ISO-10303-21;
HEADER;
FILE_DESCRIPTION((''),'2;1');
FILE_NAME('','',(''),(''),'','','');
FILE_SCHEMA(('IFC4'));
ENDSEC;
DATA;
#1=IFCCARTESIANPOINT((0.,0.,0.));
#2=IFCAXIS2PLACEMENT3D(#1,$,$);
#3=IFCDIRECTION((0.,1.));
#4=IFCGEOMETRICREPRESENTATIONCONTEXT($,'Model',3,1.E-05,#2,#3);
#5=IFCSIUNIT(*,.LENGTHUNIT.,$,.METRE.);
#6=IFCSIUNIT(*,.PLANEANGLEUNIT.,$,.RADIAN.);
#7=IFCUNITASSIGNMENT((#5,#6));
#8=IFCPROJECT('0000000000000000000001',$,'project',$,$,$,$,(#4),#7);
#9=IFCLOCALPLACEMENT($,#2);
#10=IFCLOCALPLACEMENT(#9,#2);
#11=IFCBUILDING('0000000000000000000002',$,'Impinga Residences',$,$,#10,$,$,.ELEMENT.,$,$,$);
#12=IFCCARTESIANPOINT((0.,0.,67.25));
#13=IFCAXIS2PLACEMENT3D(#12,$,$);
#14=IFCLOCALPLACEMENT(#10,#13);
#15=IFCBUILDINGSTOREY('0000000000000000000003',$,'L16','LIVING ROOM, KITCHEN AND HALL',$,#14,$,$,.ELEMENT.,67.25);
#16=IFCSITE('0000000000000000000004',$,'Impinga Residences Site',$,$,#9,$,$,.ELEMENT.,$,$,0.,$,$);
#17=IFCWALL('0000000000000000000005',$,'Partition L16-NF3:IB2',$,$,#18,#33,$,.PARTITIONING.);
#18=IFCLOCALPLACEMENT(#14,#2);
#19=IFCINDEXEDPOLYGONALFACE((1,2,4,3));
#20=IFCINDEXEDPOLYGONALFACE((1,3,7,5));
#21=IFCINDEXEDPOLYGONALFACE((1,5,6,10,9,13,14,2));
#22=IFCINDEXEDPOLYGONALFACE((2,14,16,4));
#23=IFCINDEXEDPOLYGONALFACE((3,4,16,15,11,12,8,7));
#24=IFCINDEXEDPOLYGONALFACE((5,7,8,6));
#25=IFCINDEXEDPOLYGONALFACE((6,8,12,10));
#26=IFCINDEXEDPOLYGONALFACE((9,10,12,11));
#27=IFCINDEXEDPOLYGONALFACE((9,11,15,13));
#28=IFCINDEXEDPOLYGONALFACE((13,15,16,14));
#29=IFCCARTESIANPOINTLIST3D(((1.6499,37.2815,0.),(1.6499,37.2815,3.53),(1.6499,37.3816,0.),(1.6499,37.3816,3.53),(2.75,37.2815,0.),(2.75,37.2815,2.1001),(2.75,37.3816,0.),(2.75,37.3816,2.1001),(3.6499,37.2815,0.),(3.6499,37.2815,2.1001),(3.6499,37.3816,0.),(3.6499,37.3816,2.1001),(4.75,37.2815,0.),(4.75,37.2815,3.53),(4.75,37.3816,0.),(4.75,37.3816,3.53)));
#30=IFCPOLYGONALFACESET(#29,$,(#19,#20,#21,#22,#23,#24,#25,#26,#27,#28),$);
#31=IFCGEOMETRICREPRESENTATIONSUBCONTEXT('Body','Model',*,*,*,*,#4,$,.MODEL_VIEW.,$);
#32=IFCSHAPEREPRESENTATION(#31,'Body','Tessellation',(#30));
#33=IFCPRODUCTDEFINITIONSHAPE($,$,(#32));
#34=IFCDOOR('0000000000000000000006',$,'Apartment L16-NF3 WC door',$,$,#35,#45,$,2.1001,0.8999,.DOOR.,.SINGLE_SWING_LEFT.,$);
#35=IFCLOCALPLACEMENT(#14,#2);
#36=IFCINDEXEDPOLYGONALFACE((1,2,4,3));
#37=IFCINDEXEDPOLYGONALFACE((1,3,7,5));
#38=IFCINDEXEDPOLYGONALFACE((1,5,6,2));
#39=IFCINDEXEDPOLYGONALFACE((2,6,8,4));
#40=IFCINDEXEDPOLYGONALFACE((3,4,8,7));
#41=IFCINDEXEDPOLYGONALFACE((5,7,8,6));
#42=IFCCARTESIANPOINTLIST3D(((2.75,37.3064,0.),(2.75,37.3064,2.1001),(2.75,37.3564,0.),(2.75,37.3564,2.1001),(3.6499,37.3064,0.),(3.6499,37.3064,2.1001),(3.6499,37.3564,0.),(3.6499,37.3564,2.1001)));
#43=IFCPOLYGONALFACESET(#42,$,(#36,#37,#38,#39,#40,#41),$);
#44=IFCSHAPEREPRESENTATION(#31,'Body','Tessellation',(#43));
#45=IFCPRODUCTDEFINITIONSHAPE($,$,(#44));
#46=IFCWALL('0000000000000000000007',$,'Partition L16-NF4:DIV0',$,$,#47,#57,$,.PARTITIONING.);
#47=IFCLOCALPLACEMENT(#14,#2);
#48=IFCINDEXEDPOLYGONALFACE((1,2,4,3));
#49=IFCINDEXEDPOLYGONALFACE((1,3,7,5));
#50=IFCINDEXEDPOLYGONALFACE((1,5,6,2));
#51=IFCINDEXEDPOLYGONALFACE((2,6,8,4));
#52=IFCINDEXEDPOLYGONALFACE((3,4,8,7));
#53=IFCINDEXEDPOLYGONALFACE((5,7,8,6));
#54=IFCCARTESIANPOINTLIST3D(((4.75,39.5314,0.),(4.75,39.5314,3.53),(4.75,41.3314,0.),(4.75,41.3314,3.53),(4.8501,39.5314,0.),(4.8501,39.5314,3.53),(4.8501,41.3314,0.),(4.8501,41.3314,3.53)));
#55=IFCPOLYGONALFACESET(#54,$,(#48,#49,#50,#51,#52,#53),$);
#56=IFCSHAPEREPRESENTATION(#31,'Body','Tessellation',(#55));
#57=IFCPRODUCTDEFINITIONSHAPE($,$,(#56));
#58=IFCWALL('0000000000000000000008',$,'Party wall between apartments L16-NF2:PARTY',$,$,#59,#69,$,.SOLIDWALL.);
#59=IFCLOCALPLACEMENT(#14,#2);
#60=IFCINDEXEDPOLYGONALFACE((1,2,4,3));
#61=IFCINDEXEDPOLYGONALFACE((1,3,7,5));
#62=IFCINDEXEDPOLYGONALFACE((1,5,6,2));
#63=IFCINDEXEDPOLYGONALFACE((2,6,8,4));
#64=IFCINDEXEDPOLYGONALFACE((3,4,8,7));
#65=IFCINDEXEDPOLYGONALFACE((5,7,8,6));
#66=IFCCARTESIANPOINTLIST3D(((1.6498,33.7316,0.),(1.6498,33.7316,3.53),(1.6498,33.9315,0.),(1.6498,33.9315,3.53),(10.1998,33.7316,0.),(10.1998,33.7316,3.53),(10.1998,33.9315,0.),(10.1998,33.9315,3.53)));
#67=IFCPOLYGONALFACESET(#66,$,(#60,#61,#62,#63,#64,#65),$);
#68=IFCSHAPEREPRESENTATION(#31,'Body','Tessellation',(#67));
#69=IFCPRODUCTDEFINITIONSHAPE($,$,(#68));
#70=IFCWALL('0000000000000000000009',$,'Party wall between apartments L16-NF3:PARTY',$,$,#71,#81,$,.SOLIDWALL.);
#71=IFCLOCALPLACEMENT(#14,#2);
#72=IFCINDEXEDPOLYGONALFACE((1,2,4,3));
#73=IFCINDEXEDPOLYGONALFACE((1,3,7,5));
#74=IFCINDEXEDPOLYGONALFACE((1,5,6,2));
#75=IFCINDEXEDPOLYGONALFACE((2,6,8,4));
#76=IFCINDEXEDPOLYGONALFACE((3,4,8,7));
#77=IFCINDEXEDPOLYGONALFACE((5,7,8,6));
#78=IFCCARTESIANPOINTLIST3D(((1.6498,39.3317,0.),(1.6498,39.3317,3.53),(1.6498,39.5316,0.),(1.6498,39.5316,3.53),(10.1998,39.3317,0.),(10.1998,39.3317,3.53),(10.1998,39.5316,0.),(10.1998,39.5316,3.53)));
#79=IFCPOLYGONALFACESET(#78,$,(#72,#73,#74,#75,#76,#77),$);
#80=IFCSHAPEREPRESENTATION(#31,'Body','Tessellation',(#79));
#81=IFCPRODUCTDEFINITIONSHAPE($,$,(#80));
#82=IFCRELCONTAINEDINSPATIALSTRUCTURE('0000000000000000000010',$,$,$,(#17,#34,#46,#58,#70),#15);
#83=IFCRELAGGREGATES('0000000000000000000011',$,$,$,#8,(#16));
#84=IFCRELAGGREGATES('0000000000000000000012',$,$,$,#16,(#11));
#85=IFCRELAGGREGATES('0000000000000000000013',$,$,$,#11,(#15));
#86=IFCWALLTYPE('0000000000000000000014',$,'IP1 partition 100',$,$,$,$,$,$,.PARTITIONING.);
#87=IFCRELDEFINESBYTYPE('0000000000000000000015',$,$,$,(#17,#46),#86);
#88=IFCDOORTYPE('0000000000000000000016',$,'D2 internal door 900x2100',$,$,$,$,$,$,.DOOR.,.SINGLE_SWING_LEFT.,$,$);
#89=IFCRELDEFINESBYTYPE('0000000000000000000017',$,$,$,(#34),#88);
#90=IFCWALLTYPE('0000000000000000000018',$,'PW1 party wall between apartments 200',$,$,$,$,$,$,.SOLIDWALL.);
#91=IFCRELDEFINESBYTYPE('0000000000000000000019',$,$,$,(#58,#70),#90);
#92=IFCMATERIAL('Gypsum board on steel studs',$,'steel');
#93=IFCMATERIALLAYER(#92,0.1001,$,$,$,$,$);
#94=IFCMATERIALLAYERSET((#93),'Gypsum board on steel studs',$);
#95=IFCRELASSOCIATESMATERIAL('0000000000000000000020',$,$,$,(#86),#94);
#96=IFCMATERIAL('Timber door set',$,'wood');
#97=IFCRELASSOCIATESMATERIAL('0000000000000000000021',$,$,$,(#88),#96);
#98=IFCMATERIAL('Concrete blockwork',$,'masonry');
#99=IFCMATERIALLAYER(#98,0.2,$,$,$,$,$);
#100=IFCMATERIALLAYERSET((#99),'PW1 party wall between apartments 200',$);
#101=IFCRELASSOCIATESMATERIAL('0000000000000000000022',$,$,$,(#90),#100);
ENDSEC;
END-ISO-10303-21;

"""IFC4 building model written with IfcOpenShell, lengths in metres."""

from ifc_helpers import new_model, si_unit, direction, frame, frame_2d, origin, place, context, subcontext, project, spatial, rectangle, extrude, material, layer, layer_set, type_object, element, fill, save


model = new_model("IFC4")

# Units and contexts
model_context = context("Model", 3, precision=1e-05, world=origin(), true_north=direction((0.0, 1.0)))
body_context = subcontext(model_context, "Body", "Model", "MODEL_VIEW")
ifc_project = project(units=[si_unit("LENGTHUNIT", "METRE"), si_unit("PLANEANGLEUNIT", "RADIAN")], contexts=[model_context])

# Site, building, storey
site_placement = place(None, origin())
site = spatial("IfcSite", under=ifc_project, at=site_placement, Name="Impinga Residences Site", CompositionType="ELEMENT", RefElevation=0.0)
building_placement = place(site_placement, origin())
building = spatial("IfcBuilding", under=site, at=building_placement, Name="Impinga Residences", CompositionType="ELEMENT")
storey_placement = place(building_placement, frame((0.0, 0.0, 67.25)))
storey = spatial("IfcBuildingStorey", under=building, at=storey_placement, Name="L16", Description="LIVING ROOM, KITCHEN AND HALL", CompositionType="ELEMENT", Elevation=67.25)

# Shared definitions
ifc_material_1 = material(Name="Gypsum board on steel studs", Category="steel")
ifc_layer_1 = layer(ifc_material_1, 0.1001)
ifc_layer_set_1 = layer_set([ifc_layer_1], Name="Gypsum board on steel studs")
wall_type_1 = type_object("IfcWallType", Name="IP1 partition 100", PredefinedType="PARTITIONING", material=ifc_layer_set_1)

# Shared definitions
ifc_material_2 = material(Name="Timber door set", Category="wood")
door_type = type_object("IfcDoorType", Name="D2 internal door 900x2100", OperationType="SINGLE_SWING_LEFT", PredefinedType="DOOR", material=ifc_material_2)

# Wall, opening, door
wall_1_placement = place(storey_placement, frame((1.6499, 37.3315, 0.0), z_axis=(0.0, 0.0, 1.0), x_axis=(1.0, 0.0, 0.0)))
wall_1 = element("IfcWall", 1, at=wall_1_placement, inside=storey, type_object=wall_type_1, Name="Partition L16-NF3:IB2", PredefinedType="PARTITIONING", context=body_context, shape_type="SweptSolid", body=[
    extrude(rectangle(XDim=3.1001, YDim=0.1001, at=frame_2d((1.55, 0.0))), origin(), (0.0, 0.0, 1.0), 3.53),
])
opening_1_placement = place(wall_1_placement, frame((1.1001, 0.0, 0.0)))
opening_1 = element("IfcOpeningElement", 2, at=opening_1_placement, cuts=wall_1, PredefinedType="OPENING", context=body_context, shape_type="SweptSolid", body=[
    extrude(rectangle(XDim=0.8999, YDim=2.1001, at=frame_2d((0.45, 1.05))), frame((0.0, 0.0601, 0.0), z_axis=(0.0, -1.0, 0.0), x_axis=(1.0, 0.0, 0.0)), (0.0, 0.0, 1.0), 0.1201),
])
door_1_placement = place(opening_1_placement, origin())
door_1 = element("IfcDoor", 3, at=door_1_placement, inside=storey, type_object=door_type, Name="Apartment L16-NF3 WC door", OperationType="SINGLE_SWING_LEFT", OverallHeight=2.1001, OverallWidth=0.8999, PredefinedType="DOOR", context=body_context, shape_type="SweptSolid", body=[
    extrude(rectangle(XDim=0.8999, YDim=2.1001, at=frame_2d((0.45, 1.05))), frame((0.0, 0.0249, 0.0), z_axis=(0.0, -1.0, 0.0), x_axis=(1.0, 0.0, 0.0)), (0.0, 0.0, 1.0), 0.05),
])
fill(opening_1, door_1)

# Walls
wall_2_placement = place(storey_placement, frame((4.8, 39.5315, 0.0), z_axis=(0.0, 0.0, 1.0), x_axis=(0.0, 1.0, 0.0)))
element("IfcWall", 4, at=wall_2_placement, inside=storey, type_object=wall_type_1, Name="Partition L16-NF4:DIV0", PredefinedType="PARTITIONING", context=body_context, shape_type="SweptSolid", body=[
    extrude(rectangle(XDim=1.8, YDim=0.1001, at=frame_2d((0.8999, 0.0))), origin(), (0.0, 0.0, 1.0), 3.53),
])
ifc_material_3 = material(Name="Concrete blockwork", Category="masonry")
ifc_layer_2 = layer(ifc_material_3, 0.2)
ifc_layer_set_2 = layer_set([ifc_layer_2], Name="PW1 party wall between apartments 200")
wall_type_2 = type_object("IfcWallType", Name="PW1 party wall between apartments 200", PredefinedType="SOLIDWALL", material=ifc_layer_set_2)
for number, where, z_axis, x_axis, name in (
    (5, (1.6499, 33.8315, 0.0), (0.0, 0.0, 1.0), (1.0, 0.0, 0.0), "Party wall between apartments L16-NF2:PARTY"),
    (6, (1.6499, 39.4316, 0.0), (0.0, 0.0, 1.0), (1.0, 0.0, 0.0), "Party wall between apartments L16-NF3:PARTY"),
):
    element("IfcWall", number, at=place(storey_placement, frame(where, z_axis=z_axis, x_axis=x_axis)), inside=storey, type_object=wall_type_2, Name=name, PredefinedType="SOLIDWALL", context=body_context, shape_type="SweptSolid", body=[
        extrude(rectangle(XDim=8.55, YDim=0.2, at=frame_2d((4.2749, 0.0))), origin(), (0.0, 0.0, 1.0), 3.53),
    ])

save(model, "model.ifc")
